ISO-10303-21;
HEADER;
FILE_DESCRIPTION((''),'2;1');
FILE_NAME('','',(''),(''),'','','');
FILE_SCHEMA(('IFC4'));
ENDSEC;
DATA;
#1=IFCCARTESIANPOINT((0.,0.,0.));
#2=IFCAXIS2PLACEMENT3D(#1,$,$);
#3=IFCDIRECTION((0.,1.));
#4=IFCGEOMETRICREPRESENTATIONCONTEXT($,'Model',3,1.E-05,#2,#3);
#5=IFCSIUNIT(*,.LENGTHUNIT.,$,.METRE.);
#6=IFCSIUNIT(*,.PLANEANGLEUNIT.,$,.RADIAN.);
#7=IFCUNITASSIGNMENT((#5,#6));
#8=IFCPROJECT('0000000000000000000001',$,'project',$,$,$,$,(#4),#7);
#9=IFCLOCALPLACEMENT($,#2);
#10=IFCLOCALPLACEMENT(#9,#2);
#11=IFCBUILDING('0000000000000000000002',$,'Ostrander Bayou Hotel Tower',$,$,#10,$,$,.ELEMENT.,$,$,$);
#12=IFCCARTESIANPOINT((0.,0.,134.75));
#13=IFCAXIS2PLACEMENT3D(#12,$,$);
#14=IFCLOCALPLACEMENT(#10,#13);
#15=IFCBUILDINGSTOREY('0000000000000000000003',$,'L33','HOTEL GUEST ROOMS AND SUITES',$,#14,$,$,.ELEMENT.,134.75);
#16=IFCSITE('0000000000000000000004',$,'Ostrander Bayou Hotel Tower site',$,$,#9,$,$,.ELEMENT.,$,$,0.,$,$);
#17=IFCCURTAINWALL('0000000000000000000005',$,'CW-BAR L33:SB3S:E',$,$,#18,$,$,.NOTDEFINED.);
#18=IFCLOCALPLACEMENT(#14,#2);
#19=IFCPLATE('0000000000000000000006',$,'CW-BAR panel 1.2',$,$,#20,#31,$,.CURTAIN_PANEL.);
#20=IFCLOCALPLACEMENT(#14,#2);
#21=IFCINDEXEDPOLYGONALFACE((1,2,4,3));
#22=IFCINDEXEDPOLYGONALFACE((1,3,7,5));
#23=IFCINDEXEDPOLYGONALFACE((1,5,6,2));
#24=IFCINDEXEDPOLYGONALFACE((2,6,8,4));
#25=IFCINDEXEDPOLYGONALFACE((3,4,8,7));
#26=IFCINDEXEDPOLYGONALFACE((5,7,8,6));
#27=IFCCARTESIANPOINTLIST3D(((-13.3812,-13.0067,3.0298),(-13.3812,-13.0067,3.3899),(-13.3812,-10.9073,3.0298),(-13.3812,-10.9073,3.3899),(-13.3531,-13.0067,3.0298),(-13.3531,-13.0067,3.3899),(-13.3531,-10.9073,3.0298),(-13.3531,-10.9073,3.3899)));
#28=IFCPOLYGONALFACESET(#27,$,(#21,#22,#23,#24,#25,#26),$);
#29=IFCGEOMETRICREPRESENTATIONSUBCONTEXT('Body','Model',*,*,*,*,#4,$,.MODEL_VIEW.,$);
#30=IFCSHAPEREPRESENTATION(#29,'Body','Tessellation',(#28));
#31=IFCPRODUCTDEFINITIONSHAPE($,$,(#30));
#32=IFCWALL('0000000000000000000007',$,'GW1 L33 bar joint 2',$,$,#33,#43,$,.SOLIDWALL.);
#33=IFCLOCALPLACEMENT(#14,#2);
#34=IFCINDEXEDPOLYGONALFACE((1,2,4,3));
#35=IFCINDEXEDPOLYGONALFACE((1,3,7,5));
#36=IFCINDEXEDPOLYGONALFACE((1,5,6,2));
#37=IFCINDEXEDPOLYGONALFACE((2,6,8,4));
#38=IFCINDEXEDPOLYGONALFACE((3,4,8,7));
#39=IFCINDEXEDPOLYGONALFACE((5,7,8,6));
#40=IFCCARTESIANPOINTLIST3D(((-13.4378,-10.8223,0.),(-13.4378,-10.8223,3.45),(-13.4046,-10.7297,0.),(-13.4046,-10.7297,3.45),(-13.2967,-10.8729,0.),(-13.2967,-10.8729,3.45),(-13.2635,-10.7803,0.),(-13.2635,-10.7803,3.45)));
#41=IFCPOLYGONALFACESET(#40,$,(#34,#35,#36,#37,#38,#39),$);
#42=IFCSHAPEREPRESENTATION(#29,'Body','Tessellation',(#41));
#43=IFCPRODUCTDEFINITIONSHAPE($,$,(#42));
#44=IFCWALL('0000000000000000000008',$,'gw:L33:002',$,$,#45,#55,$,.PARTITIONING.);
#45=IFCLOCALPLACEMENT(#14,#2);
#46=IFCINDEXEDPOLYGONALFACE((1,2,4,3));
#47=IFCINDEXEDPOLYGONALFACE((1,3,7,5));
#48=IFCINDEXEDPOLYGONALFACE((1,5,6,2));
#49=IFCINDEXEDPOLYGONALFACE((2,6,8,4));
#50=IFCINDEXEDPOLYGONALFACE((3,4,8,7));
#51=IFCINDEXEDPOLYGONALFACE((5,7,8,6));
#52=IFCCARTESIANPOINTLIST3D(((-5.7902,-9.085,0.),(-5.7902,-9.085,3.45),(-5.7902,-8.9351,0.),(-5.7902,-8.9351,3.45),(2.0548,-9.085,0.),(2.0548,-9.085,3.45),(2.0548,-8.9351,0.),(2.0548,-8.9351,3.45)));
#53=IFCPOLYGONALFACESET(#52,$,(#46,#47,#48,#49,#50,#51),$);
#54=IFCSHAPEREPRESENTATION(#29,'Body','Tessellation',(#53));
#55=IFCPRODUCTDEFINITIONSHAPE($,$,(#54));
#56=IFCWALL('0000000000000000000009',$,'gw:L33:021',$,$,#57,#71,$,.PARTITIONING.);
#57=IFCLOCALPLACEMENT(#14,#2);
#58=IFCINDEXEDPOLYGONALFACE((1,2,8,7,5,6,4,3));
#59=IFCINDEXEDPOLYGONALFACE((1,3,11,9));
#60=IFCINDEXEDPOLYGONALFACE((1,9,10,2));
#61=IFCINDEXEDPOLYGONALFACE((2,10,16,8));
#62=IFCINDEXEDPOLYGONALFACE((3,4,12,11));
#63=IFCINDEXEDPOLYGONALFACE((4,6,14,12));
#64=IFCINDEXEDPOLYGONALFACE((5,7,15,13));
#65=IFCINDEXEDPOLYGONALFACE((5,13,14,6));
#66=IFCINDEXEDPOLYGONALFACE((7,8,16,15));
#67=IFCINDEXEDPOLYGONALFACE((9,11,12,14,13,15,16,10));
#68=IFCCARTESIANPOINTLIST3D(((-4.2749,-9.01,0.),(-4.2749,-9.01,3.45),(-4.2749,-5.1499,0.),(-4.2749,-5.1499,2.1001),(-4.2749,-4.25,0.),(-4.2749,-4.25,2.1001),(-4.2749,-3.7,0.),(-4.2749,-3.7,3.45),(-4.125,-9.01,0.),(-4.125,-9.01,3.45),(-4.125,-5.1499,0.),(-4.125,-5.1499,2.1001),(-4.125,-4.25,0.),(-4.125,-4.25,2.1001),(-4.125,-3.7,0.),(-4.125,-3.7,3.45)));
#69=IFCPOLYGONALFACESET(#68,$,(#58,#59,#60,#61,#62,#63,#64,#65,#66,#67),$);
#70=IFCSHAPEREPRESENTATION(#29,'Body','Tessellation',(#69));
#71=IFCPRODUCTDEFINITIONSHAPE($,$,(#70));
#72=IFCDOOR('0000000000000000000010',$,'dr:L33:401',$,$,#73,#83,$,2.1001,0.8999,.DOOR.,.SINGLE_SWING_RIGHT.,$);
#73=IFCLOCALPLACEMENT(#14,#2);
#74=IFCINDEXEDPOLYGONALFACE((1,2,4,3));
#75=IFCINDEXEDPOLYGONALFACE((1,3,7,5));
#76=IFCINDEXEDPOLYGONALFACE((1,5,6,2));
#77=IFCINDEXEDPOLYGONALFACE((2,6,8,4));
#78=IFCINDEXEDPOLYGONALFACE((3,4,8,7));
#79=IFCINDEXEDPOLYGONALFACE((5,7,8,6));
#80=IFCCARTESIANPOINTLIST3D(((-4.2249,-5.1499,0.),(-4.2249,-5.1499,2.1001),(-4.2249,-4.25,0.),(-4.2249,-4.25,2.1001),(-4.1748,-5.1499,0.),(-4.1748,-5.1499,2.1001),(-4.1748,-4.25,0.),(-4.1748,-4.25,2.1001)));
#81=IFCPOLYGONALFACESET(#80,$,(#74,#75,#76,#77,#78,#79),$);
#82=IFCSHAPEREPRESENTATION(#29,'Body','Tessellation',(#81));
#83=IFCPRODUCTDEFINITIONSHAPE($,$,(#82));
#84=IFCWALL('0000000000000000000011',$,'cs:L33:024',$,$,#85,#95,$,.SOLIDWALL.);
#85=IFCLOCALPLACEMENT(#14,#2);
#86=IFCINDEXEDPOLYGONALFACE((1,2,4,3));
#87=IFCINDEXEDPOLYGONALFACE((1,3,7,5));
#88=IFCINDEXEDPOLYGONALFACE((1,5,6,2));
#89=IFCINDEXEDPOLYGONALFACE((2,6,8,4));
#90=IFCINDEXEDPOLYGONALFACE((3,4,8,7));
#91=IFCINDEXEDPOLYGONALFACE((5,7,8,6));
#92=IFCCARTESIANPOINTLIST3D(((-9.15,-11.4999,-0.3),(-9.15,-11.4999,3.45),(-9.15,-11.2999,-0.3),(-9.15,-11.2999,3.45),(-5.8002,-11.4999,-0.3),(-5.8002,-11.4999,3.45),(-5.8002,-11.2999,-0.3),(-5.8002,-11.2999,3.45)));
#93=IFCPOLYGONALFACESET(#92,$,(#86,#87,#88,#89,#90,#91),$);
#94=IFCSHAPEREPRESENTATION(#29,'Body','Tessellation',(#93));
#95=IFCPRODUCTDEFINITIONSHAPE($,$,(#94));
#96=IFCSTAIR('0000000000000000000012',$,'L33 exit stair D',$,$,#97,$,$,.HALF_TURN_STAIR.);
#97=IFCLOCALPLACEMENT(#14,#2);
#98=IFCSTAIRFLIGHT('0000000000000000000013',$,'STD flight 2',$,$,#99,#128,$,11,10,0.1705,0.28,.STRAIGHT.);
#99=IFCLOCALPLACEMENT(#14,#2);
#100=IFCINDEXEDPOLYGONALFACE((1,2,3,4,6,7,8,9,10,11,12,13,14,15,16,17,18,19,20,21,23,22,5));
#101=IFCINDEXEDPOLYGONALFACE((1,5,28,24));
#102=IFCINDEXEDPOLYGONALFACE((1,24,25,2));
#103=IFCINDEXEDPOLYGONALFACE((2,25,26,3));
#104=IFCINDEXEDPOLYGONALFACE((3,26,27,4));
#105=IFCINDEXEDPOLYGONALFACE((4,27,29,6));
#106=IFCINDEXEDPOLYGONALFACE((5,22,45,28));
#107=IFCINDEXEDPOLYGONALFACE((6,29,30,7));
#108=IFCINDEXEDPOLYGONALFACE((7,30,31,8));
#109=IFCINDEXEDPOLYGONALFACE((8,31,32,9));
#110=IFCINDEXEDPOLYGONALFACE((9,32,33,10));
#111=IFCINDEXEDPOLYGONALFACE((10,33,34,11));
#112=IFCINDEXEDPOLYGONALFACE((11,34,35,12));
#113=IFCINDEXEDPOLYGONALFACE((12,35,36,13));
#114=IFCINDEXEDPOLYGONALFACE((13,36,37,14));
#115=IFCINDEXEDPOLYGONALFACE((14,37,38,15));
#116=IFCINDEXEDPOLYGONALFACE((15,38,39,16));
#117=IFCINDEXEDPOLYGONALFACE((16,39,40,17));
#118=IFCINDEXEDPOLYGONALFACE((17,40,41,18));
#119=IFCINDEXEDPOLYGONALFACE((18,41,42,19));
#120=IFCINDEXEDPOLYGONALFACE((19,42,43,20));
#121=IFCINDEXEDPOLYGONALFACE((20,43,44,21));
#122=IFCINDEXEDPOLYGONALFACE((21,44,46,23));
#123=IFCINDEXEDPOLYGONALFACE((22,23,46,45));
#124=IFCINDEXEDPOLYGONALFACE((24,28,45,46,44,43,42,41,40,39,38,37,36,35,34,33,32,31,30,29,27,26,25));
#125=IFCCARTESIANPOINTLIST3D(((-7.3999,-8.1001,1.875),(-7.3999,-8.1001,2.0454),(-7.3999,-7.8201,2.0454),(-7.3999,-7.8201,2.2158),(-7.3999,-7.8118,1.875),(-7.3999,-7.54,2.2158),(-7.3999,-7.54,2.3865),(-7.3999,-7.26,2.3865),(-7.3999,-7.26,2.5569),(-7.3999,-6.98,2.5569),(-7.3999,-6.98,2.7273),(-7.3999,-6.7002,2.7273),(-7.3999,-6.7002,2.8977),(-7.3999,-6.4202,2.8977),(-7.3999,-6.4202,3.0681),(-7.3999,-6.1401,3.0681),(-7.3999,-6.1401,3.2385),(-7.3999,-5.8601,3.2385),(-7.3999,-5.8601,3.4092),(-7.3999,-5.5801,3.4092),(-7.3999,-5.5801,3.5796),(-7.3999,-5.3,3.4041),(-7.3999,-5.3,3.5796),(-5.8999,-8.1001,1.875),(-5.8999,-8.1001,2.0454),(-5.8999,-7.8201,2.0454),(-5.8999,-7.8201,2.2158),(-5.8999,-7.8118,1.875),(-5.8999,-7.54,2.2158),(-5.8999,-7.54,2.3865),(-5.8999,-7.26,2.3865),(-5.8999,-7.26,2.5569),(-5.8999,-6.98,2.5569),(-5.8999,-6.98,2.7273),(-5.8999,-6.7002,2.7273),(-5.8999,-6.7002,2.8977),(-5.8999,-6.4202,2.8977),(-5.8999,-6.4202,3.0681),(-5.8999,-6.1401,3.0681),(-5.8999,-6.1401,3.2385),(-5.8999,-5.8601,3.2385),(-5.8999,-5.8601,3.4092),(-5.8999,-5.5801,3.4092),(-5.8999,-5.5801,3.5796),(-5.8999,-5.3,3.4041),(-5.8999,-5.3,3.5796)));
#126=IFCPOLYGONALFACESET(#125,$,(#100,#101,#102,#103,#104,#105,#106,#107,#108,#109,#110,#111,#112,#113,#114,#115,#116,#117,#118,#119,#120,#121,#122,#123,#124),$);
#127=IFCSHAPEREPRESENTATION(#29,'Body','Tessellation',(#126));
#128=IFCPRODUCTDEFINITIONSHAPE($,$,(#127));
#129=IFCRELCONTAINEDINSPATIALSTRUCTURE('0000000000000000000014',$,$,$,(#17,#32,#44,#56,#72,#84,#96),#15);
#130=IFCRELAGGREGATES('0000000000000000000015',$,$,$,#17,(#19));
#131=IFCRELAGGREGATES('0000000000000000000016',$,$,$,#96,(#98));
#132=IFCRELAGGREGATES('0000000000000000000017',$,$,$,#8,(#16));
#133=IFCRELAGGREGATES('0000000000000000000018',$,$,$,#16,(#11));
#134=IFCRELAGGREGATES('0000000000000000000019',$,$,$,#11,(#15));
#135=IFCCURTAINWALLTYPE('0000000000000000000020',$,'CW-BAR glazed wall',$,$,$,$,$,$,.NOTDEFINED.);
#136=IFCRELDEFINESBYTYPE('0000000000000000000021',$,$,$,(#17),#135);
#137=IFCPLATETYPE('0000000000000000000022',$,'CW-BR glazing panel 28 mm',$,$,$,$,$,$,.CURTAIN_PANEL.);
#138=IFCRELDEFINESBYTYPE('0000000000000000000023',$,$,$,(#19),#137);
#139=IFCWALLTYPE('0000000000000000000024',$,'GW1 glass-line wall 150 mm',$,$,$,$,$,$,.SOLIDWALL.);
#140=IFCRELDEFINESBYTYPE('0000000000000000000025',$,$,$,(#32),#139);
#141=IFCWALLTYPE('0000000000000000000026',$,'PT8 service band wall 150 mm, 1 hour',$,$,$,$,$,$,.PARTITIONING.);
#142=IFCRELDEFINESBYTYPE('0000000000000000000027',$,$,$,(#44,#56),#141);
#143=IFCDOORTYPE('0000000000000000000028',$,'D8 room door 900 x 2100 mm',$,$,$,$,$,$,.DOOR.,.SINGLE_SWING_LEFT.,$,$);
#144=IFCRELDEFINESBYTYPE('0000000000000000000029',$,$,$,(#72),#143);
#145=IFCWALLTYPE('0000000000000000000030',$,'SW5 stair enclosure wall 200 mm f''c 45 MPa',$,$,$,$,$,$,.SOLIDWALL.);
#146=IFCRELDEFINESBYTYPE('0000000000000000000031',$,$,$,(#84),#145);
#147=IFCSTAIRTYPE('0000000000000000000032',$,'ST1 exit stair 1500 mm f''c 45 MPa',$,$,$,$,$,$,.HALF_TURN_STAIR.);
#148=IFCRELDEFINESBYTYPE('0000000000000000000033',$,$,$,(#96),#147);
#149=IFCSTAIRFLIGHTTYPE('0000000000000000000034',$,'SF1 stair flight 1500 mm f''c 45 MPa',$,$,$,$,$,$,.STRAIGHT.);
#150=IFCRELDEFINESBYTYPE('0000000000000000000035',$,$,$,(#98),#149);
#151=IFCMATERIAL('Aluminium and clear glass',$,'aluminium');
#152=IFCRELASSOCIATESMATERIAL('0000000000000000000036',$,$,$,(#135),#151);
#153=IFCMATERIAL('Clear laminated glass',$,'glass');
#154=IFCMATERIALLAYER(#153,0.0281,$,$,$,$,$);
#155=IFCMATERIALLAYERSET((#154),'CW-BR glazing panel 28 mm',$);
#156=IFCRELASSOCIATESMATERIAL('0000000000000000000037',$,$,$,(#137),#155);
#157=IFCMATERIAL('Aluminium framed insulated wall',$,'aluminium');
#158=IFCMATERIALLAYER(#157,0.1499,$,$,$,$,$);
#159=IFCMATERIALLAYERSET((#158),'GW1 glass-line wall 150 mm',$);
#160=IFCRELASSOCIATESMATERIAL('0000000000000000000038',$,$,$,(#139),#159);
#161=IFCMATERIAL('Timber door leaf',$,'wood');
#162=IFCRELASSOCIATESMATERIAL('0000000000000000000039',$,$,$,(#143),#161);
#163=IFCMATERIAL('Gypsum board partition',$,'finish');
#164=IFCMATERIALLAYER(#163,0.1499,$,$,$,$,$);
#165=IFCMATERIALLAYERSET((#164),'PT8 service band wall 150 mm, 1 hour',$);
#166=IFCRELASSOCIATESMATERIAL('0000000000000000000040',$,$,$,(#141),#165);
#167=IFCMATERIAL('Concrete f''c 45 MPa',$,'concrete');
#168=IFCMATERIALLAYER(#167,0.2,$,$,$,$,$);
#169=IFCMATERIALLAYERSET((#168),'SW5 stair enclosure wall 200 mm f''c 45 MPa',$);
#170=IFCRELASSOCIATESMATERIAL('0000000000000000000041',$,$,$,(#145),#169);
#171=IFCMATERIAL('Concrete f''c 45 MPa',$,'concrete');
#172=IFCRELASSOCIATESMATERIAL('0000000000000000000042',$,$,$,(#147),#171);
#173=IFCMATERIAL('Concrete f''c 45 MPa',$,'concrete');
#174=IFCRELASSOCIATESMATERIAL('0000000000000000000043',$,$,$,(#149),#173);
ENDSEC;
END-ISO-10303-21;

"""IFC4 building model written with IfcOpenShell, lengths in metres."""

from ifc_helpers import new_model, si_unit, direction, frame, frame_2d, origin, origin_2d, place, context, subcontext, project, spatial, polyline, rectangle, outline, extrude, material, layer, layer_set, type_object, element, fill, aggregate, save


model = new_model("IFC4")

# Units and contexts
model_context = context("Model", 3, precision=1e-05, world=origin(), true_north=direction((0.0, 1.0)))
body_context = subcontext(model_context, "Body", "Model", "MODEL_VIEW")
ifc_project = project(units=[si_unit("LENGTHUNIT", "METRE"), si_unit("PLANEANGLEUNIT", "RADIAN")], contexts=[model_context])

# Site, building, storey
site_placement = place(None, origin())
site = spatial("IfcSite", under=ifc_project, at=site_placement, Name="Ostrander Bayou Hotel Tower site", CompositionType="ELEMENT", RefElevation=0.0)
building_placement = place(site_placement, origin())
building = spatial("IfcBuilding", under=site, at=building_placement, Name="Ostrander Bayou Hotel Tower", CompositionType="ELEMENT")
storey_placement = place(building_placement, frame((0.0, 0.0, 134.75)))
storey = spatial("IfcBuildingStorey", under=building, at=storey_placement, Name="L33", Description="HOTEL GUEST ROOMS AND SUITES", CompositionType="ELEMENT", Elevation=134.75)

# Curtain wall, plate
ifc_material_1 = material(Name="Aluminium and clear glass", Category="aluminium")
curtain_wall_type = type_object("IfcCurtainWallType", Name="CW-BAR glazed wall", PredefinedType="NOTDEFINED", material=ifc_material_1)
curtain_wall_placement = place(storey_placement, origin())
curtain_wall = element("IfcCurtainWall", 1, at=curtain_wall_placement, inside=storey, type_object=curtain_wall_type, Name="CW-BAR L33:SB3S:E", PredefinedType="NOTDEFINED")
ifc_material_2 = material(Name="Clear laminated glass", Category="glass")
ifc_layer_1 = layer(ifc_material_2, 0.0281)
ifc_layer_set_1 = layer_set([ifc_layer_1], Name="CW-BR glazing panel 28 mm")
plate_type = type_object("IfcPlateType", Name="CW-BR glazing panel 28 mm", PredefinedType="CURTAIN_PANEL", material=ifc_layer_set_1)
plate_1_placement = place(storey_placement, frame((-13.3672, -11.957, 3.0298), z_axis=(0.0, 0.0, 1.0), x_axis=(0.0, -1.0, 0.0)))
plate_1 = element("IfcPlate", 2, at=plate_1_placement, type_object=plate_type, Name="CW-BAR panel 1.2", PredefinedType="CURTAIN_PANEL", context=body_context, shape_type="SweptSolid", body=[
    extrude(rectangle(XDim=2.0994, YDim=0.0281, at=origin_2d()), origin(), (0.0, 0.0, 1.0), 0.3601),
])
aggregate(curtain_wall, [plate_1])

# Wall
ifc_material_3 = material(Name="Aluminium framed insulated wall", Category="aluminium")
ifc_layer_2 = layer(ifc_material_3, 0.1499)
ifc_layer_set_2 = layer_set([ifc_layer_2], Name="GW1 glass-line wall 150 mm")
wall_type_1 = type_object("IfcWallType", Name="GW1 glass-line wall 150 mm", PredefinedType="SOLIDWALL", material=ifc_layer_set_2)
wall_1_placement = place(storey_placement, frame((-13.334, -10.7549, 0.0), z_axis=(0.0, 0.0, 1.0), x_axis=(-0.337752, -0.941235, 0.0)))
element("IfcWall", 3, at=wall_1_placement, inside=storey, type_object=wall_type_1, Name="GW1 L33 bar joint 2", PredefinedType="SOLIDWALL", context=body_context, shape_type="SweptSolid", body=[
    extrude(rectangle(XDim=0.0984, YDim=0.1499, at=frame_2d((0.0493, 0.0))), origin(), (0.0, 0.0, 1.0), 3.45),
])

# Shared definitions
ifc_material_4 = material(Name="Timber door leaf", Category="wood")
door_type_1 = type_object("IfcDoorType", Name="D8 room door 900 x 2100 mm", OperationType="SINGLE_SWING_LEFT", PredefinedType="DOOR", material=ifc_material_4)

# Wall
ifc_material_5 = material(Name="Gypsum board partition", Category="finish")
ifc_layer_3 = layer(ifc_material_5, 0.1499)
ifc_layer_set_3 = layer_set([ifc_layer_3], Name="PT8 service band wall 150 mm, 1 hour")
wall_type_2 = type_object("IfcWallType", Name="PT8 service band wall 150 mm, 1 hour", PredefinedType="PARTITIONING", material=ifc_layer_set_3)
wall_2_placement = place(storey_placement, frame((-5.79, -9.01, 0.0), z_axis=(0.0, 0.0, 1.0), x_axis=(1.0, 0.0, 0.0)))
element("IfcWall", 4, at=wall_2_placement, inside=storey, type_object=wall_type_2, Name="gw:L33:002", PredefinedType="PARTITIONING", context=body_context, shape_type="SweptSolid", body=[
    extrude(rectangle(XDim=7.845, YDim=0.1499, at=frame_2d((3.9224, 0.0))), origin(), (0.0, 0.0, 1.0), 3.45),
])

# Wall, opening, door
wall_3_placement = place(storey_placement, frame((-4.2, -9.01, 0.0), z_axis=(0.0, 0.0, 1.0), x_axis=(0.0, 1.0, 0.0)))
wall_3 = element("IfcWall", 5, at=wall_3_placement, inside=storey, type_object=wall_type_2, Name="gw:L33:021", PredefinedType="PARTITIONING", context=body_context, shape_type="SweptSolid", body=[
    extrude(rectangle(XDim=5.3101, YDim=0.1499, at=frame_2d((2.655, 0.0))), origin(), (0.0, 0.0, 1.0), 3.45),
])
opening_1_placement = place(wall_3_placement, frame((3.8601, 0.0, 0.0)))
opening_1 = element("IfcOpeningElement", 6, at=opening_1_placement, cuts=wall_3, PredefinedType="OPENING", context=body_context, shape_type="SweptSolid", body=[
    extrude(rectangle(XDim=0.8999, YDim=2.1001, at=frame_2d((0.45, 1.05))), frame((0.0, 0.075, 0.0), z_axis=(0.0, -1.0, 0.0), x_axis=(1.0, 0.0, 0.0)), (0.0, 0.0, 1.0), 0.1499),
])
door_1_placement = place(opening_1_placement, origin())
door_1 = element("IfcDoor", 7, at=door_1_placement, inside=storey, type_object=door_type_1, Name="dr:L33:401", OperationType="SINGLE_SWING_RIGHT", OverallHeight=2.1001, OverallWidth=0.8999, PredefinedType="DOOR", context=body_context, shape_type="SweptSolid", body=[
    extrude(rectangle(XDim=0.8999, YDim=2.1001, at=frame_2d((0.45, 1.05))), frame((0.0, 0.0249, 0.0), z_axis=(0.0, -1.0, 0.0), x_axis=(1.0, 0.0, 0.0)), (0.0, 0.0, 1.0), 0.05),
])
fill(opening_1, door_1)

# Wall
ifc_material_6 = material(Name="Concrete f'c 45 MPa", Category="concrete")
ifc_layer_4 = layer(ifc_material_6, 0.2)
ifc_layer_set_4 = layer_set([ifc_layer_4], Name="SW5 stair enclosure wall 200 mm f'c 45 MPa")
wall_type_3 = type_object("IfcWallType", Name="SW5 stair enclosure wall 200 mm f'c 45 MPa", PredefinedType="SOLIDWALL", material=ifc_layer_set_4)
wall_4_placement = place(storey_placement, frame((-9.1499, -11.3999, -0.3), z_axis=(0.0, 0.0, 1.0), x_axis=(1.0, 0.0, 0.0)))
element("IfcWall", 8, at=wall_4_placement, inside=storey, type_object=wall_type_3, Name="cs:L33:024", PredefinedType="SOLIDWALL", context=body_context, shape_type="SweptSolid", body=[
    extrude(rectangle(XDim=3.3499, YDim=0.2, at=frame_2d((1.6748, 0.0))), origin(), (0.0, 0.0, 1.0), 3.75),
])

# Stair, stair flight
ifc_material_7 = material(Name="Concrete f'c 45 MPa", Category="concrete")
stair_type = type_object("IfcStairType", Name="ST1 exit stair 1500 mm f'c 45 MPa", PredefinedType="HALF_TURN_STAIR", material=ifc_material_7)
stair_placement = place(storey_placement, origin())
stair = element("IfcStair", 9, at=stair_placement, inside=storey, type_object=stair_type, Name="L33 exit stair D", PredefinedType="HALF_TURN_STAIR")
ifc_material_8 = material(Name="Concrete f'c 45 MPa", Category="concrete")
stair_flight_type = type_object("IfcStairFlightType", Name="SF1 stair flight 1500 mm f'c 45 MPa", PredefinedType="STRAIGHT", material=ifc_material_8)
stair_flight_placement = place(storey_placement, frame((-6.6499, -8.1001, 1.875), z_axis=(0.0, 0.0, 1.0), x_axis=(0.0, 1.0, 0.0)))
stair_flight = element("IfcStairFlight", 10, at=stair_flight_placement, type_object=stair_flight_type, Name="STD flight 2", NumberOfRisers=11, NumberOfTreads=10, PredefinedType="STRAIGHT", RiserHeight=0.1705, TreadLength=0.28, context=body_context, shape_type="SweptSolid", body=[
    extrude(outline(polyline([(0.0, 0.0), (0.0, 0.1704), (0.28, 0.1704), (0.28, 0.3408), (0.5601, 0.3408), (0.5601, 0.5115), (0.8401, 0.5115), (0.8401, 0.6819), (1.1201, 0.6819), (1.1201, 0.8523), (1.3999, 0.8523), (1.3999, 1.0227), (1.6799, 1.0227), (1.6799, 1.1931), (1.96, 1.1931), (1.96, 1.3635), (2.24, 1.3635), (2.24, 1.5342), (2.52, 1.5342), (2.52, 1.7046), (2.8, 1.7046), (2.8, 1.875), (2.8, 1.5291), (0.2883, 0.0), (0.0, 0.0)])), frame((0.0, 0.75, 0.0), z_axis=(0.0, -1.0, 0.0), x_axis=(1.0, 0.0, 0.0)), (0.0, 0.0, 1.0), 1.5),
])
aggregate(stair, [stair_flight])

save(model, "model.ifc")
